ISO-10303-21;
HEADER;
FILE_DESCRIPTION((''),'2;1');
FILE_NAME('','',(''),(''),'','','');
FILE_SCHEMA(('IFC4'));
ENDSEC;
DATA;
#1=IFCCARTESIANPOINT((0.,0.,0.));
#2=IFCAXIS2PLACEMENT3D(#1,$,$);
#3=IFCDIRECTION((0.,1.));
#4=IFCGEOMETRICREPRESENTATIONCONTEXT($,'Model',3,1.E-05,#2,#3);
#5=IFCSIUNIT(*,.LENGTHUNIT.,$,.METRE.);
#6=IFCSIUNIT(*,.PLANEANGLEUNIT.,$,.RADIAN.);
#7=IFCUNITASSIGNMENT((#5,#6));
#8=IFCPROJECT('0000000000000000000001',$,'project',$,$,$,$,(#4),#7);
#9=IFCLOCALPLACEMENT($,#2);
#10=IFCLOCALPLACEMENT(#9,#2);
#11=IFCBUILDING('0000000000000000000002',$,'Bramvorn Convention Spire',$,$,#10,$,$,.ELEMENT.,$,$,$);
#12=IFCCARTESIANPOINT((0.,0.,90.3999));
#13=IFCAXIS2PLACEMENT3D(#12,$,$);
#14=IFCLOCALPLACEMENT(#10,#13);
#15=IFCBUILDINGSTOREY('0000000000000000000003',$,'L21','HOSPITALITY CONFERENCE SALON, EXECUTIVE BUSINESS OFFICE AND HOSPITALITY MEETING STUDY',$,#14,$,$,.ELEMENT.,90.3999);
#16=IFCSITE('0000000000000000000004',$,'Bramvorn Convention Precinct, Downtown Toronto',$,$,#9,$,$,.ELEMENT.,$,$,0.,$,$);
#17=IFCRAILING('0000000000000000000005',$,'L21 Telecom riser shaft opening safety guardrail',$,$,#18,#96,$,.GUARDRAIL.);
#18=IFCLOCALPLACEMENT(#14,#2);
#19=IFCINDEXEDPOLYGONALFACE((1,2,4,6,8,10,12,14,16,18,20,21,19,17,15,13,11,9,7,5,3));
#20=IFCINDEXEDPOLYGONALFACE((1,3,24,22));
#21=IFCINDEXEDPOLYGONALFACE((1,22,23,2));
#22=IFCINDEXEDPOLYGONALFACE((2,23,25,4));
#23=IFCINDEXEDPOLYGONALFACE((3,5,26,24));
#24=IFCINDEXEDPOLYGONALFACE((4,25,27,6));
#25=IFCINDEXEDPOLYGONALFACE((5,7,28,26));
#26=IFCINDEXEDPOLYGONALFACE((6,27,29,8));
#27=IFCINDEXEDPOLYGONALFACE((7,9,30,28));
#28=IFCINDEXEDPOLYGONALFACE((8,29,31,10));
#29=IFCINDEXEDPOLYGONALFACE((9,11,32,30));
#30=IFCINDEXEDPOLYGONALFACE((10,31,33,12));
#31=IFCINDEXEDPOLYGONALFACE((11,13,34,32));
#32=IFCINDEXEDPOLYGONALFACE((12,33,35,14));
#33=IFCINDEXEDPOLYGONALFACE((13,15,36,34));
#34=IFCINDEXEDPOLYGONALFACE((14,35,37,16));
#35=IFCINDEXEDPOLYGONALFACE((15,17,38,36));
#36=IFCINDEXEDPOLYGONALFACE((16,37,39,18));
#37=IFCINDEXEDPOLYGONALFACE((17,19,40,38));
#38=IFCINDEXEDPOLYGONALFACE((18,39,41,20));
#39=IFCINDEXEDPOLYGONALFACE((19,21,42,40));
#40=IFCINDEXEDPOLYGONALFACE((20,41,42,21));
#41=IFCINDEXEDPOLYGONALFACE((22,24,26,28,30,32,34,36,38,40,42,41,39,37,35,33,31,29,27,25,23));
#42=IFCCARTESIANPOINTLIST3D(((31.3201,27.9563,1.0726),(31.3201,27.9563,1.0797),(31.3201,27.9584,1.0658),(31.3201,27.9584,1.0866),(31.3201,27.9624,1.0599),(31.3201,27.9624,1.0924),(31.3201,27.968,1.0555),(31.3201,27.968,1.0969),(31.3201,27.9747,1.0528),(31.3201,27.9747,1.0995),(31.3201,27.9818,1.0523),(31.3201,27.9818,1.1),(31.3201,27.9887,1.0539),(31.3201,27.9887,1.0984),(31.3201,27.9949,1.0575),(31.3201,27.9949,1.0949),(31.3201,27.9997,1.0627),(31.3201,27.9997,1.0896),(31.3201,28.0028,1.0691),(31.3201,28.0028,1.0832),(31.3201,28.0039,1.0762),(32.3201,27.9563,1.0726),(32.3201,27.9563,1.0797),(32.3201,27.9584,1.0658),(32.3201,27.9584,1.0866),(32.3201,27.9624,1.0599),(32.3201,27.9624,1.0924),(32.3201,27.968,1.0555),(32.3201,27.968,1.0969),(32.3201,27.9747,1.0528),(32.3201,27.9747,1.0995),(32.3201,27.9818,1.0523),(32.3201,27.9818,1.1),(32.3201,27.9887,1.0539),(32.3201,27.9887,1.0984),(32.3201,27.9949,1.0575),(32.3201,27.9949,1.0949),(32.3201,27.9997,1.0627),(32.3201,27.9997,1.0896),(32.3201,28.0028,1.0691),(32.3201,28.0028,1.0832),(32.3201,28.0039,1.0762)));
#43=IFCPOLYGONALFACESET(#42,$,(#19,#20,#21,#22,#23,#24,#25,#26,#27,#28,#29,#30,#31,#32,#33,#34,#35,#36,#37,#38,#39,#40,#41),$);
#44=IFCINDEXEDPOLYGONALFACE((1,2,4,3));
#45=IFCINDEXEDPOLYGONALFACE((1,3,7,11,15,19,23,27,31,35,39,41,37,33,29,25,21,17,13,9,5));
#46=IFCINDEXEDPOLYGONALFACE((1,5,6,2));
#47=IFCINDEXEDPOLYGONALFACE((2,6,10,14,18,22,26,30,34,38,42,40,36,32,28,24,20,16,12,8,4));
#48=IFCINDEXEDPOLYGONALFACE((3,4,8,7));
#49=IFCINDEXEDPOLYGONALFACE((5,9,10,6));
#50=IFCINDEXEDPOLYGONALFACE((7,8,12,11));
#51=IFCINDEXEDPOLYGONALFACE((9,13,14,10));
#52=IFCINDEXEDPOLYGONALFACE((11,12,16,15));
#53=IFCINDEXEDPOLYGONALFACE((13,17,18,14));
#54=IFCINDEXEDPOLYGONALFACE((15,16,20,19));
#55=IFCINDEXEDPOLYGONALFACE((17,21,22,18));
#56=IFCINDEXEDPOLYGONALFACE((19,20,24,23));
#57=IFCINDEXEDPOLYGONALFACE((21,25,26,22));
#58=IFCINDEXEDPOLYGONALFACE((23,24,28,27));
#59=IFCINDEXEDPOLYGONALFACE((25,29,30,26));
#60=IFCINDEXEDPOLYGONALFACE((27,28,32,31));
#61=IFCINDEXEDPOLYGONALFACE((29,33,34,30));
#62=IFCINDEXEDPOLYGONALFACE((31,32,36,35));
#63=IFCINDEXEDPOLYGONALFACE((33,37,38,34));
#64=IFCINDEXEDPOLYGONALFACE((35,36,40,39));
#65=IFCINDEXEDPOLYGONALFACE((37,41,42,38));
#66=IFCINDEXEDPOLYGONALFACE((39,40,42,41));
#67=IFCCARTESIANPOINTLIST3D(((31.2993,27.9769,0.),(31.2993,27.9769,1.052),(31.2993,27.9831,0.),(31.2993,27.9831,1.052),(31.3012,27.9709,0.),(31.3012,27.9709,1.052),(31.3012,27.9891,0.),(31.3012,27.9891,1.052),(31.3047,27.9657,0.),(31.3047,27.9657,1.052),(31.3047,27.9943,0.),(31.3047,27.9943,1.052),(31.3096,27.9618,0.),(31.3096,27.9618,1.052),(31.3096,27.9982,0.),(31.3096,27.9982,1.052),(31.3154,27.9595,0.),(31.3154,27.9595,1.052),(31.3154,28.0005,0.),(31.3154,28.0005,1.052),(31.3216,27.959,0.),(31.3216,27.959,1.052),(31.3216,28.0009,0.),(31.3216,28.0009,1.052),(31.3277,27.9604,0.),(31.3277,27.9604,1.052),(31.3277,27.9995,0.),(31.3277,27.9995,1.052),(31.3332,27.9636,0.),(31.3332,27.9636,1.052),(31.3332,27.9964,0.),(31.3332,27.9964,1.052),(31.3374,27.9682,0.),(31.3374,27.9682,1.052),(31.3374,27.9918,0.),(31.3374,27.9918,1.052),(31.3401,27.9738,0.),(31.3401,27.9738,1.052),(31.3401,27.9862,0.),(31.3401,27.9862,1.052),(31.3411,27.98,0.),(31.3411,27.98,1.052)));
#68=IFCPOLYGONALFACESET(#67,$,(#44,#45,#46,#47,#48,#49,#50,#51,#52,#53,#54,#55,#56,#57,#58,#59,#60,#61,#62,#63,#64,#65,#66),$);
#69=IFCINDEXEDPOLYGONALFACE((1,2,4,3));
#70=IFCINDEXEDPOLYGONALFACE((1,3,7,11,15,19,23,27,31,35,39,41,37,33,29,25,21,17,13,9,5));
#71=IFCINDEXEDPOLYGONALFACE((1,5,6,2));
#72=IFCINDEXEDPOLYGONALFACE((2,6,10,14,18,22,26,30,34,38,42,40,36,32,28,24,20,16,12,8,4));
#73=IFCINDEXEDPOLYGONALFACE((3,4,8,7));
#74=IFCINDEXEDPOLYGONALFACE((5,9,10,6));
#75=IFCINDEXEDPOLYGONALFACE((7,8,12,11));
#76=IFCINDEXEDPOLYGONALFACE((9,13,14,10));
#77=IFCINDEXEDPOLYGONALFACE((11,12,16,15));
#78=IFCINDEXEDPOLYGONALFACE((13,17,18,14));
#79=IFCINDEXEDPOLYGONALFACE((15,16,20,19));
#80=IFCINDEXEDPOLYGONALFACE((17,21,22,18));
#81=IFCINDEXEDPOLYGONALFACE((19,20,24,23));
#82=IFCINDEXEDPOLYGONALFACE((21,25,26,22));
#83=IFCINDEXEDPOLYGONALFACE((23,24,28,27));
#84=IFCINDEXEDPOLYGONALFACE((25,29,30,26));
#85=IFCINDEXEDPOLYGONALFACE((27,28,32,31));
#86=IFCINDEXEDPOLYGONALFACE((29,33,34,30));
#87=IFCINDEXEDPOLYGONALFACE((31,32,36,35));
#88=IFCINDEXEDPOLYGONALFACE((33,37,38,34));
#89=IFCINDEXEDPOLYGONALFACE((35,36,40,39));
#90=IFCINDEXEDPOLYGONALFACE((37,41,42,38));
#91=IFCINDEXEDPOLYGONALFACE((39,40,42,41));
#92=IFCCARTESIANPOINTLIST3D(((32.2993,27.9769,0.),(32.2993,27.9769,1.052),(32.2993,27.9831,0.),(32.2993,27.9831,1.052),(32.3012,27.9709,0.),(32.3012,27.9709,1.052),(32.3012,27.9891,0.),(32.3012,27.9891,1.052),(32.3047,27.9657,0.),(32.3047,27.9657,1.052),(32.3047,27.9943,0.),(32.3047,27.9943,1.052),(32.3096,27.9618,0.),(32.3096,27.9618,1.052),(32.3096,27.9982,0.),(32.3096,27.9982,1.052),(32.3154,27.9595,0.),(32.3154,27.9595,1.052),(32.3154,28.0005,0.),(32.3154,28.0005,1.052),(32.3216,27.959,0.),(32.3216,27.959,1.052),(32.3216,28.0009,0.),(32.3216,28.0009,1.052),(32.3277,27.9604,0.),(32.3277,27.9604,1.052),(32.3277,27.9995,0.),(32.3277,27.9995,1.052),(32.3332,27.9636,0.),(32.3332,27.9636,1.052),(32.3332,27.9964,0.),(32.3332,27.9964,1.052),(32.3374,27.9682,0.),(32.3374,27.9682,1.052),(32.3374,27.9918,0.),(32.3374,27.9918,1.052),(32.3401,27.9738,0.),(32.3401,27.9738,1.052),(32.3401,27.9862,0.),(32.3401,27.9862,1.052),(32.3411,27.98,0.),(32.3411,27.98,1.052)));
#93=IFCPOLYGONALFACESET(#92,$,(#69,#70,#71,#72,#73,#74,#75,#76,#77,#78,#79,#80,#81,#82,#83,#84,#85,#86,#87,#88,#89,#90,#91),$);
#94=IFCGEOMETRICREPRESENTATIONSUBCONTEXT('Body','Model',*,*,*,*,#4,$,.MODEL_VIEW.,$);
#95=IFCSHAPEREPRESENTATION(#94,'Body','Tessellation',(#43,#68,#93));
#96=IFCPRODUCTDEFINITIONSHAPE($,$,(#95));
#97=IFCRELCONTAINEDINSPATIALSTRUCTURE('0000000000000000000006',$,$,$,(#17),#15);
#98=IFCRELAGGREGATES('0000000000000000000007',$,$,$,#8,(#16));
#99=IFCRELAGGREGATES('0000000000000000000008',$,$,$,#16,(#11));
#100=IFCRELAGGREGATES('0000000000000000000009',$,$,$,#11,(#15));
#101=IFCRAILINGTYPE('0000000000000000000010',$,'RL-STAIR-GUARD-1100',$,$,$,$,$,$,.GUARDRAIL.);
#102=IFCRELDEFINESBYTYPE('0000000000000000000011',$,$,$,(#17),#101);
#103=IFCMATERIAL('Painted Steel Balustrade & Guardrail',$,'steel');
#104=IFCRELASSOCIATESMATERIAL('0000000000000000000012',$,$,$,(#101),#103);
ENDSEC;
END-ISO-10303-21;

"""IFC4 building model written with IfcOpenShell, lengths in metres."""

from ifc_helpers import new_model, si_unit, direction, frame, origin, origin_2d, place, context, subcontext, project, spatial, circle, extrude, material, type_object, element, save


model = new_model("IFC4")

# Units and contexts
model_context = context("Model", 3, precision=1e-05, world=origin(), true_north=direction((0.0, 1.0)))
body_context = subcontext(model_context, "Body", "Model", "MODEL_VIEW")
ifc_project = project(units=[si_unit("LENGTHUNIT", "METRE"), si_unit("PLANEANGLEUNIT", "RADIAN")], contexts=[model_context])

# Site, building, storey
site_placement = place(None, origin())
site = spatial("IfcSite", under=ifc_project, at=site_placement, Name="Bramvorn Convention Precinct, Downtown Toronto", CompositionType="ELEMENT", RefElevation=0.0)
building_placement = place(site_placement, origin())
building = spatial("IfcBuilding", under=site, at=building_placement, Name="Bramvorn Convention Spire", CompositionType="ELEMENT")
storey_placement = place(building_placement, frame((0.0, 0.0, 90.3999)))
storey = spatial("IfcBuildingStorey", under=building, at=storey_placement, Name="L21", Description="HOSPITALITY CONFERENCE SALON, EXECUTIVE BUSINESS OFFICE AND HOSPITALITY MEETING STUDY", CompositionType="ELEMENT", Elevation=90.3999)

# Railing
ifc_material_1 = material(Name="Painted Steel Balustrade & Guardrail", Category="steel")
railing_type = type_object("IfcRailingType", Name="RL-STAIR-GUARD-1100", PredefinedType="GUARDRAIL", material=ifc_material_1)
railing_placement = place(storey_placement, frame((31.3201, 27.98, 0.0)))
element("IfcRailing", 1, at=railing_placement, inside=storey, type_object=railing_type, Name="L21 Telecom riser shaft opening safety guardrail", PredefinedType="GUARDRAIL", context=body_context, shape_type="SweptSolid", body=[
    extrude(circle(Radius=0.0239, at=origin_2d()), frame((0.0, 0.0, 1.0762), z_axis=(1.0, 0.0, 0.0), x_axis=(0.0, 1.0, 0.0)), (0.0, 0.0, 1.0), 1.0),
    extrude(circle(Radius=0.021, at=origin_2d()), origin(), (0.0, 0.0, 1.0), 1.052),
    extrude(circle(Radius=0.021, at=origin_2d()), frame((1.0, 0.0, 0.0)), (0.0, 0.0, 1.0), 1.052),
])

save(model, "model.ifc")
